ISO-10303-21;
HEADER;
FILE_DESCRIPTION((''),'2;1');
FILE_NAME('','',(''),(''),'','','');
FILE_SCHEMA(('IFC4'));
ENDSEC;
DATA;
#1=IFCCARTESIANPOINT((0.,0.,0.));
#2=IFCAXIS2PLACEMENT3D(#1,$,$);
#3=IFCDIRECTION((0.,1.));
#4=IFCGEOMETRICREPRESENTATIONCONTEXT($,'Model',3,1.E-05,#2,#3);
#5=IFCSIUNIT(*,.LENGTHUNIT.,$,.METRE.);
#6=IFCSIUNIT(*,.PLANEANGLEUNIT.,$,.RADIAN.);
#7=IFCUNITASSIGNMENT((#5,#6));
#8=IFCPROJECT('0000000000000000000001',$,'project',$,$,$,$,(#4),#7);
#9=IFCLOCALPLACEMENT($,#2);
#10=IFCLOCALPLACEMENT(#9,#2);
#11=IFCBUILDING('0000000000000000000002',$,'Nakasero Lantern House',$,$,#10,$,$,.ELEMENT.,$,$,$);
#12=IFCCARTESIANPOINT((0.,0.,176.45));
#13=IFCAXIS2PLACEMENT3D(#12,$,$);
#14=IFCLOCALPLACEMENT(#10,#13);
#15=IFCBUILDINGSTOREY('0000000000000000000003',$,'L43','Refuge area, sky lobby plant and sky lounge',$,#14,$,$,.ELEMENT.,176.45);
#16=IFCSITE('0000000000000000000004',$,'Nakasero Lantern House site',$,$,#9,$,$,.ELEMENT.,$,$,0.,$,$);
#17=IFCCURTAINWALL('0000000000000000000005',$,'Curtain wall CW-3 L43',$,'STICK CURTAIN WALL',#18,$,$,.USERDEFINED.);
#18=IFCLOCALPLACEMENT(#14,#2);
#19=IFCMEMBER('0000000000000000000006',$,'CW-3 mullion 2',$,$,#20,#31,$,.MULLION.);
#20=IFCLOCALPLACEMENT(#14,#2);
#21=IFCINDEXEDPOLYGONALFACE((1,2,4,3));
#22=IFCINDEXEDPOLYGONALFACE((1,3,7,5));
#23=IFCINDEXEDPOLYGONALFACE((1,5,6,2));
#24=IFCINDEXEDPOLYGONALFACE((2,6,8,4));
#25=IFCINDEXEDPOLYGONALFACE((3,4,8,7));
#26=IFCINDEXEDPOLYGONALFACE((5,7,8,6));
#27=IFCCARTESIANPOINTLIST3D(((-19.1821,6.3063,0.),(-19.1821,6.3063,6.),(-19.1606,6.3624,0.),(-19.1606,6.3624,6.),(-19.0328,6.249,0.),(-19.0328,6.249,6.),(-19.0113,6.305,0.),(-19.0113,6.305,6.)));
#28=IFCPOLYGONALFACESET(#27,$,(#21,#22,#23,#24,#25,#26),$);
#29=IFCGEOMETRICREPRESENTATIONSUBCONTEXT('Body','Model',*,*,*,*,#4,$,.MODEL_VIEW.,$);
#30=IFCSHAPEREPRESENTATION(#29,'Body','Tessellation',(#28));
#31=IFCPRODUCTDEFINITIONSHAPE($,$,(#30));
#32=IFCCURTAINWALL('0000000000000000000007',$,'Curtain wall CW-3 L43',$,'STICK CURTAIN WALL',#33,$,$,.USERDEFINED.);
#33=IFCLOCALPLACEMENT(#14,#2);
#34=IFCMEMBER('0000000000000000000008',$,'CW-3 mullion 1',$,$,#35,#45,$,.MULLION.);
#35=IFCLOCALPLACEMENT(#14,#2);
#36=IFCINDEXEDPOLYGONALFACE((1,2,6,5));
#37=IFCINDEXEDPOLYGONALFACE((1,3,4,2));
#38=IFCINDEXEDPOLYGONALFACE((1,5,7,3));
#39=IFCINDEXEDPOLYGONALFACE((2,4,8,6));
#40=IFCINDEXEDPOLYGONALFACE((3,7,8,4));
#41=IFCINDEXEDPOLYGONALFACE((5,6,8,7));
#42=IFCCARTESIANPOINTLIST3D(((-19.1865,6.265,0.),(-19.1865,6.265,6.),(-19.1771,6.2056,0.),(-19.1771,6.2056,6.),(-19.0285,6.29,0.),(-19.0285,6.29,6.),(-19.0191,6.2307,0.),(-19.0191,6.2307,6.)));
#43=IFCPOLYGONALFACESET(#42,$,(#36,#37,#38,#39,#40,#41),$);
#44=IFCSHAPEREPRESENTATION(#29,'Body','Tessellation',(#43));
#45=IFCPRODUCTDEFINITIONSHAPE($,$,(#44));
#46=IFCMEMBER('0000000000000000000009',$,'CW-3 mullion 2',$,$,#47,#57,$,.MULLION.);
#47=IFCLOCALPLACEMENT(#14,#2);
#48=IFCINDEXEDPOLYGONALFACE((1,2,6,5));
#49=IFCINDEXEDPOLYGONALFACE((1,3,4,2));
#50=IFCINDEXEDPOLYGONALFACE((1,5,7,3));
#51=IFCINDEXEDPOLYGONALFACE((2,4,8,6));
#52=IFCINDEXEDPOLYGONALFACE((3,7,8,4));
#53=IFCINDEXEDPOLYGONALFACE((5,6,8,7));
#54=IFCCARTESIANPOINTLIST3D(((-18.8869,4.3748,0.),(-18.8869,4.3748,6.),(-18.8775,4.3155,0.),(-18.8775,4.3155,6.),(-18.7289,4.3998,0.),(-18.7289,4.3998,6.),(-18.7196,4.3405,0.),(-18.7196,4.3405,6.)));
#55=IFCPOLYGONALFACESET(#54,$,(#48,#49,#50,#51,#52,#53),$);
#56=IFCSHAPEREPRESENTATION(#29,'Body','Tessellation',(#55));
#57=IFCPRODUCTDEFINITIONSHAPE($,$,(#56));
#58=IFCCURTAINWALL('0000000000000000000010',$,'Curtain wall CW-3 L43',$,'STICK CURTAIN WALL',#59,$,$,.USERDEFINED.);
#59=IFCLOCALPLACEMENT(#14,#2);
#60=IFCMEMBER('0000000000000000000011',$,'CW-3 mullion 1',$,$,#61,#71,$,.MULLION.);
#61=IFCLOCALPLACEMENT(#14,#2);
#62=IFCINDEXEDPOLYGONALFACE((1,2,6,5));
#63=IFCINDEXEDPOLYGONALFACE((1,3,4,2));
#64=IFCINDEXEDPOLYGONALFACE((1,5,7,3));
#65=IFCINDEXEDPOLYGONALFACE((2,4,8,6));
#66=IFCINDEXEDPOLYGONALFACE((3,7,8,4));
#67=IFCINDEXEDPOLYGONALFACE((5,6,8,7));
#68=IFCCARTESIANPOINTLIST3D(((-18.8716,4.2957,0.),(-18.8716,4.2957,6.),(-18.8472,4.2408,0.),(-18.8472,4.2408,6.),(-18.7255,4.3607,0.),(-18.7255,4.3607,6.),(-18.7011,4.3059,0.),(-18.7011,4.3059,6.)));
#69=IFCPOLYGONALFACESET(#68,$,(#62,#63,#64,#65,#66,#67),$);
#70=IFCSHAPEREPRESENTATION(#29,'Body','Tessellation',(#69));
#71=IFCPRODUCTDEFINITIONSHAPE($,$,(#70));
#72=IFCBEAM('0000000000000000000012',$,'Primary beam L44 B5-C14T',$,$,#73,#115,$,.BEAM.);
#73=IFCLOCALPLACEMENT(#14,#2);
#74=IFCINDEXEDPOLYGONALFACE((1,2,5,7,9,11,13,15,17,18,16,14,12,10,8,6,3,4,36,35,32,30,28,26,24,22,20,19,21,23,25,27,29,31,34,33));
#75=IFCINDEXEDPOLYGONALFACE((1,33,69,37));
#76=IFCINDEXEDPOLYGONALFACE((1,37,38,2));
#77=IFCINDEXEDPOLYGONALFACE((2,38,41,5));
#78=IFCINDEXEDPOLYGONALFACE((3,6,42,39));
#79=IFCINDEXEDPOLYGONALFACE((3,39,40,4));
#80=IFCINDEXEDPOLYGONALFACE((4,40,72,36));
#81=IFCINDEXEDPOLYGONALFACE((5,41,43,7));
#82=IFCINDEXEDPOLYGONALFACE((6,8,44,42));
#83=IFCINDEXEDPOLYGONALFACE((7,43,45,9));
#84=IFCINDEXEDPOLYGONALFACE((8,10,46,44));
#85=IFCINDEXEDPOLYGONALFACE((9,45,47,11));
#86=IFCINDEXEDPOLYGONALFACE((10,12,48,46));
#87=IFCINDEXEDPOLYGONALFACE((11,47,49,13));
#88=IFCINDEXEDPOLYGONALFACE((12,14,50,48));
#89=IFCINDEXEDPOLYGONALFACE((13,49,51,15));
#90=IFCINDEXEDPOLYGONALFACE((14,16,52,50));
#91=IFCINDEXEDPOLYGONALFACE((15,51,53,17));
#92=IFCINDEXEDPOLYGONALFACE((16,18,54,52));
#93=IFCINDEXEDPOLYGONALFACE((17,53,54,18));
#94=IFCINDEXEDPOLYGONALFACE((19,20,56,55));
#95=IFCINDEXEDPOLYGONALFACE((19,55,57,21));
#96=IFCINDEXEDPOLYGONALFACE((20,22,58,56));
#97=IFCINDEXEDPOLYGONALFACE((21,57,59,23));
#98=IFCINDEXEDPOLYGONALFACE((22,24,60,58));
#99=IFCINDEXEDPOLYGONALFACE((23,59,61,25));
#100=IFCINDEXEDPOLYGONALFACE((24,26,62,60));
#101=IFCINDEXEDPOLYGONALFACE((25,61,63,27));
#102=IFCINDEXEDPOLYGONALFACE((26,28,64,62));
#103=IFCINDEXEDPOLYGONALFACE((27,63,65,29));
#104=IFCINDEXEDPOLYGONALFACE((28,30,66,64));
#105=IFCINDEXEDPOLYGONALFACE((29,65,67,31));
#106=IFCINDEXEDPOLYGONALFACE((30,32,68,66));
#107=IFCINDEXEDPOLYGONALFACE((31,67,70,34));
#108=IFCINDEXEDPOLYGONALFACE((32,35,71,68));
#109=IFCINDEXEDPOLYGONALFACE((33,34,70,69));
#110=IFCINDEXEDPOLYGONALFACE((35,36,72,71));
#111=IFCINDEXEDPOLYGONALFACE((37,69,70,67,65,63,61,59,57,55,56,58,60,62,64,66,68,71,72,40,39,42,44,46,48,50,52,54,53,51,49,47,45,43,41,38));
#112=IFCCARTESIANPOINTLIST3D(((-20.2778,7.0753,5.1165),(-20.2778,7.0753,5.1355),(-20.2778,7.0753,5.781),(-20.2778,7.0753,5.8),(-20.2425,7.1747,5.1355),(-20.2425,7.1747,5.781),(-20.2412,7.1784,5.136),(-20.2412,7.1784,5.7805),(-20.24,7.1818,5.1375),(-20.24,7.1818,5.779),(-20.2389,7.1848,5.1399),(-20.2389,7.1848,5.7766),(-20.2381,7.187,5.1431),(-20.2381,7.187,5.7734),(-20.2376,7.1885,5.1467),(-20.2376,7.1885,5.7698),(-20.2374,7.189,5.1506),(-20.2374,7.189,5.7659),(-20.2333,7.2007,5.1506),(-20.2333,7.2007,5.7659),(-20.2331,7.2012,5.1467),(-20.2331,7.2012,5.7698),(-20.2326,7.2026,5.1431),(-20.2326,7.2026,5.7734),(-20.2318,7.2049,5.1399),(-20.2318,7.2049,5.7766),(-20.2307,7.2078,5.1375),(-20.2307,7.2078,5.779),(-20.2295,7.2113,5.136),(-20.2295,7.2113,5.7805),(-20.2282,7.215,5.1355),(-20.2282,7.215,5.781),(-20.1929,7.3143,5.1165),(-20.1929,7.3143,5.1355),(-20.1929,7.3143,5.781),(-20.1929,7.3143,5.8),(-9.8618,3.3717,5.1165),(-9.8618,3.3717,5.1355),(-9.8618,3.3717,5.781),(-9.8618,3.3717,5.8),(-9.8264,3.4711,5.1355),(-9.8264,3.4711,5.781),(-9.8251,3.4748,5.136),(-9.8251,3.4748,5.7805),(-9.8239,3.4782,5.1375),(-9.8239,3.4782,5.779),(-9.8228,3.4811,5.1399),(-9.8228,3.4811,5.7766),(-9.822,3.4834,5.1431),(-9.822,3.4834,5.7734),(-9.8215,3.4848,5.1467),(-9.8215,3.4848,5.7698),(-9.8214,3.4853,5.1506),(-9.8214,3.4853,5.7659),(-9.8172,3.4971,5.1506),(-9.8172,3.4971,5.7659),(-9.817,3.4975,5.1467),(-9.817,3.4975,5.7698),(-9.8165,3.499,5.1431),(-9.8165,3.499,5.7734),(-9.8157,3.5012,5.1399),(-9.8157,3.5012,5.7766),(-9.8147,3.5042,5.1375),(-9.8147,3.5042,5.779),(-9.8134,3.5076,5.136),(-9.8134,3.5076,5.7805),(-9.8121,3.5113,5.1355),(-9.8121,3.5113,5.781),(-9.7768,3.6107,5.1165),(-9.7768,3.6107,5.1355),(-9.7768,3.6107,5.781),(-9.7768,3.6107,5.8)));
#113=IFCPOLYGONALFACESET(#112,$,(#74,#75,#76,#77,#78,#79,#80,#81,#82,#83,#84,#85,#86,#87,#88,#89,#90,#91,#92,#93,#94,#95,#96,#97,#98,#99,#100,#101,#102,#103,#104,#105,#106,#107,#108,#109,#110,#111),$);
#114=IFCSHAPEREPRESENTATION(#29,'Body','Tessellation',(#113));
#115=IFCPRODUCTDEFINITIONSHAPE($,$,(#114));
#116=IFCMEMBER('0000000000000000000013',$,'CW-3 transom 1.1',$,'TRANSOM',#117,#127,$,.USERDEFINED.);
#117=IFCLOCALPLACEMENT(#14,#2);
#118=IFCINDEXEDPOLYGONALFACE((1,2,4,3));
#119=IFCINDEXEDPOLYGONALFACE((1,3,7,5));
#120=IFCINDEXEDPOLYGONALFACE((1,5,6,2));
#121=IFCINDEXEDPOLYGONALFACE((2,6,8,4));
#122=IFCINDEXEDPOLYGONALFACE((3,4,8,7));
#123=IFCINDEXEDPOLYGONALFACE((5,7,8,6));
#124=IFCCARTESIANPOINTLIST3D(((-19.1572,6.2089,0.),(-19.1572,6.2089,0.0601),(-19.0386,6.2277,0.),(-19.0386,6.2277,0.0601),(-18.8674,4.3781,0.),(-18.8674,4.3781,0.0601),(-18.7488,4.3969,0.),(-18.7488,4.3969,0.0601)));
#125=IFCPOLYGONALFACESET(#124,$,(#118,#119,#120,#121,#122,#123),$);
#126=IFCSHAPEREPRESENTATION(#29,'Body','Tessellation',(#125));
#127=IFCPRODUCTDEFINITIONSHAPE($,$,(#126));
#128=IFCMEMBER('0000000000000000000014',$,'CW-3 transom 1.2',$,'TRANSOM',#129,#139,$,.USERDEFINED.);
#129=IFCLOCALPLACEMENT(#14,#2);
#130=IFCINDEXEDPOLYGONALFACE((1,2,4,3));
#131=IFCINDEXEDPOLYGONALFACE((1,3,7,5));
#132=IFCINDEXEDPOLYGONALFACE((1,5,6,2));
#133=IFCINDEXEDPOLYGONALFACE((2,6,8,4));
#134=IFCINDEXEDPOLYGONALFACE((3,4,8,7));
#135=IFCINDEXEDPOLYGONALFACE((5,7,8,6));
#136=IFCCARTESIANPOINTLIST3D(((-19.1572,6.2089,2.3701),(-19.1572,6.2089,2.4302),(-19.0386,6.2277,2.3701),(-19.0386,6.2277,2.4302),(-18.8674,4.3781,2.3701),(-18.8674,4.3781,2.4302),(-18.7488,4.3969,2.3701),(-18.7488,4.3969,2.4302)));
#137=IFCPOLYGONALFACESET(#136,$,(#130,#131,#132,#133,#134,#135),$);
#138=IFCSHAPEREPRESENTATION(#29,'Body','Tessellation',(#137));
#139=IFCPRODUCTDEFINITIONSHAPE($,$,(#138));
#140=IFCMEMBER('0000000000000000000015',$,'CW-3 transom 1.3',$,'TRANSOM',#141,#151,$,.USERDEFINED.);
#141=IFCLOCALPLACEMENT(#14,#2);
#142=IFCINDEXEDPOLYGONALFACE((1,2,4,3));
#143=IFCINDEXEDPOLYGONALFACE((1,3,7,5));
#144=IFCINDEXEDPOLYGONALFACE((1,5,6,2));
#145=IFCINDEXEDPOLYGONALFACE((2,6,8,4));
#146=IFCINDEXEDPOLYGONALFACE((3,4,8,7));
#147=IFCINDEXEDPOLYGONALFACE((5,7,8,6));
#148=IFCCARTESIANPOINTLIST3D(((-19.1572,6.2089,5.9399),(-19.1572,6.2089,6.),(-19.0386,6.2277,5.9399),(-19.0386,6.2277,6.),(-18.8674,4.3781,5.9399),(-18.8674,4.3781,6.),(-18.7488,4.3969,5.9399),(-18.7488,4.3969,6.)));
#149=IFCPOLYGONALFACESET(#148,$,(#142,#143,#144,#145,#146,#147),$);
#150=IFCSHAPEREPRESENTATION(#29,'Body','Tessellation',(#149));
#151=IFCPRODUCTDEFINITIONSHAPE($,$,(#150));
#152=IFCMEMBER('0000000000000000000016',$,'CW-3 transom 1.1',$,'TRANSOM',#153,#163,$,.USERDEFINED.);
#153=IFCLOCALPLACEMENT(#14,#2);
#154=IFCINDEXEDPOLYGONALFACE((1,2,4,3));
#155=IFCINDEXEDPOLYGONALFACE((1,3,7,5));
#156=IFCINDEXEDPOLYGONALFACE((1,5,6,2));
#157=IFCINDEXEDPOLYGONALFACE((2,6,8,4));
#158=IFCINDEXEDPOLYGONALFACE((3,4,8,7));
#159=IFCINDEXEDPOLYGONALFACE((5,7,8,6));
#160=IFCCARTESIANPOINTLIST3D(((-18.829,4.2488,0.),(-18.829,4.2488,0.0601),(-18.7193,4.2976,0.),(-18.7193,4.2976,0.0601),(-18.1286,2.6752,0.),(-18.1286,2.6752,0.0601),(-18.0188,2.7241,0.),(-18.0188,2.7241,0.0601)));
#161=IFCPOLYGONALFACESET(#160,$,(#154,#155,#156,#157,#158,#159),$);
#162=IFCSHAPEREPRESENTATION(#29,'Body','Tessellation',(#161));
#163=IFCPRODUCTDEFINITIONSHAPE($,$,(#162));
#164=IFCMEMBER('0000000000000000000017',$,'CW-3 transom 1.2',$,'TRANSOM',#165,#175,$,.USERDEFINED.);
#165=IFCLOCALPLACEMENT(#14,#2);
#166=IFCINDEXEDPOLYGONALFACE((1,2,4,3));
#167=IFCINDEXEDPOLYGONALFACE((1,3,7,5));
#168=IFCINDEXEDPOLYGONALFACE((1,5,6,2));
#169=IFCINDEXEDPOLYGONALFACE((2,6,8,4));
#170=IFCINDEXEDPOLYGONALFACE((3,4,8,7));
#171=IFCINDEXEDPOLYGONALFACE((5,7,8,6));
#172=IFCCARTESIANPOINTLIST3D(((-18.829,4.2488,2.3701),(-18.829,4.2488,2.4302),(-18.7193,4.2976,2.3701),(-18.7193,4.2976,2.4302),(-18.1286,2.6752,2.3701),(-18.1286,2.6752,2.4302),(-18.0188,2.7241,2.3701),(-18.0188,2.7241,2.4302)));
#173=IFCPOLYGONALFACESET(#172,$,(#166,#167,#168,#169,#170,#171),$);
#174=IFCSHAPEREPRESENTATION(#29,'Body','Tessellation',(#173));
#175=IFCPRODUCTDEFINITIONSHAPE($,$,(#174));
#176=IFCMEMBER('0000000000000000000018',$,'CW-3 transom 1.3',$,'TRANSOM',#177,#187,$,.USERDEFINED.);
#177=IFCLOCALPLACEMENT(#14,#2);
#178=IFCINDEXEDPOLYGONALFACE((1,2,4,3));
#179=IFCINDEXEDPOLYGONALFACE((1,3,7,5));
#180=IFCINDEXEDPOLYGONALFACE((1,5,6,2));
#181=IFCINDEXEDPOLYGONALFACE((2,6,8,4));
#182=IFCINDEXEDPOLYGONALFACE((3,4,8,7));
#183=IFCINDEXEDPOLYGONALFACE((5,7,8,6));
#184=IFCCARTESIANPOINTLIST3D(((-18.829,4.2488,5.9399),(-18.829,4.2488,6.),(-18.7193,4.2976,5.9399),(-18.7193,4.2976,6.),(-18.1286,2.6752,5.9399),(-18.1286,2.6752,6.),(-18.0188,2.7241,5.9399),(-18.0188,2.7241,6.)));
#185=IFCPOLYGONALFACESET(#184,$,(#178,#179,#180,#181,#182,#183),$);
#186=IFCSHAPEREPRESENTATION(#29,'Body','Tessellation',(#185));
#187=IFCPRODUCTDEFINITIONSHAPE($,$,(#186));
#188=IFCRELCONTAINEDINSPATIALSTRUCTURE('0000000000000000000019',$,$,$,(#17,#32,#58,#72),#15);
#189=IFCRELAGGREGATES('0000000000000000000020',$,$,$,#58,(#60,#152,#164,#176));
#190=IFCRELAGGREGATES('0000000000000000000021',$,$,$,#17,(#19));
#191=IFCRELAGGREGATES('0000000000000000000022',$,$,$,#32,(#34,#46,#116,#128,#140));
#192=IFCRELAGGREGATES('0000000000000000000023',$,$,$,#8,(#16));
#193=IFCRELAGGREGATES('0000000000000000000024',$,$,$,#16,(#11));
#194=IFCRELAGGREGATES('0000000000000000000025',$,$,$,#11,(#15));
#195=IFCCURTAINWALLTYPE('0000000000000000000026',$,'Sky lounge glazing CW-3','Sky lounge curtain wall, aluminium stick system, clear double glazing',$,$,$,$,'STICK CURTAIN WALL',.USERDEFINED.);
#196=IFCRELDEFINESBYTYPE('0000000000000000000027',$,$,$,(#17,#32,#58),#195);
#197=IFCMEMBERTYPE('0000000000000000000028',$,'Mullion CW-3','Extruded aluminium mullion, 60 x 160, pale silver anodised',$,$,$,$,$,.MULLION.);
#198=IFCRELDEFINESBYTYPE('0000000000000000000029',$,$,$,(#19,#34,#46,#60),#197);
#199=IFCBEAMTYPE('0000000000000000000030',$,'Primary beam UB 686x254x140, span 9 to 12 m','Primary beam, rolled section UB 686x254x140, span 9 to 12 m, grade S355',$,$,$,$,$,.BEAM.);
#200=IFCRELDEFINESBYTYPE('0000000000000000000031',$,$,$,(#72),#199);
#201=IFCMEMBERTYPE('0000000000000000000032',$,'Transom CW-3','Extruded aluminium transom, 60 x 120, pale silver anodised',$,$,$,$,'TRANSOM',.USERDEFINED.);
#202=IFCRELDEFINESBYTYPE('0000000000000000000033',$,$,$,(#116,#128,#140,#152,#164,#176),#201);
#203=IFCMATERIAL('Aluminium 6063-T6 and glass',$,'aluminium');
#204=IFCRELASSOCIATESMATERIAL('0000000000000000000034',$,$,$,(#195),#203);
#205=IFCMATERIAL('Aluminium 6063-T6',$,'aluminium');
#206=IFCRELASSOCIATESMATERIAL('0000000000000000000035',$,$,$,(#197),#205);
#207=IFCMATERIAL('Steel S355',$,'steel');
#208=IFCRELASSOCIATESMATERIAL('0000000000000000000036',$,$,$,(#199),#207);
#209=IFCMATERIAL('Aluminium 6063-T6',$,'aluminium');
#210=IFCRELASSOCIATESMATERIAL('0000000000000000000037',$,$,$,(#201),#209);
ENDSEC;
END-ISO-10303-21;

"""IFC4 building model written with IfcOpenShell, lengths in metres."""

from ifc_helpers import new_model, si_unit, direction, frame, origin, origin_2d, place, context, subcontext, project, spatial, rectangle, i_section, extrude, material, material_profile, profile_set, type_object, element, aggregate, save


model = new_model("IFC4")

# Units and contexts
model_context = context("Model", 3, precision=1e-05, world=origin(), true_north=direction((0.0, 1.0)))
body_context = subcontext(model_context, "Body", "Model", "MODEL_VIEW")
ifc_project = project(units=[si_unit("LENGTHUNIT", "METRE"), si_unit("PLANEANGLEUNIT", "RADIAN")], contexts=[model_context])

# Site, building, storey
site_placement = place(None, origin())
site = spatial("IfcSite", under=ifc_project, at=site_placement, Name="Nakasero Lantern House site", CompositionType="ELEMENT", RefElevation=0.0)
building_placement = place(site_placement, origin())
building = spatial("IfcBuilding", under=site, at=building_placement, Name="Nakasero Lantern House", CompositionType="ELEMENT")
storey_placement = place(building_placement, frame((0.0, 0.0, 176.45)))
storey = spatial("IfcBuildingStorey", under=building, at=storey_placement, Name="L43", Description="Refuge area, sky lobby plant and sky lounge", CompositionType="ELEMENT", Elevation=176.45)

# Curtain wall, member
ifc_material_1 = material(Name="Aluminium 6063-T6 and glass", Category="aluminium")
curtain_wall_type = type_object("IfcCurtainWallType", Name="Sky lounge glazing CW-3", Description="Sky lounge curtain wall, aluminium stick system, clear double glazing", ElementType="STICK CURTAIN WALL", PredefinedType="USERDEFINED", material=ifc_material_1)
curtain_wall_1_placement = place(storey_placement, origin())
curtain_wall_1 = element("IfcCurtainWall", 1, at=curtain_wall_1_placement, inside=storey, type_object=curtain_wall_type, Name="Curtain wall CW-3 L43", ObjectType="STICK CURTAIN WALL", PredefinedType="USERDEFINED")
ifc_material_2 = material(Name="Aluminium 6063-T6", Category="aluminium")
ifc_material_profile_1 = material_profile(ifc_material_2, rectangle(XDim=0.0601, YDim=0.1599, at=origin_2d()), Name="CW-3 mullion 60x160")
ifc_profile_set_1 = profile_set([ifc_material_profile_1], Name="Aluminium 6063-T6")
member_type_1 = type_object("IfcMemberType", Name="Mullion CW-3", Description="Extruded aluminium mullion, 60 x 160, pale silver anodised", PredefinedType="MULLION", material=ifc_profile_set_1)
member_1_placement = place(storey_placement, frame((-19.0967, 6.3057, 0.0), z_axis=(0.0, 0.0, 1.0), x_axis=(-0.358368, -0.93358, 0.0)))
member_1 = element("IfcMember", 2, at=member_1_placement, type_object=member_type_1, Name="CW-3 mullion 2", PredefinedType="MULLION", context=body_context, shape_type="SweptSolid", body=[
    extrude(rectangle(XDim=0.0601, YDim=0.1599, at=origin_2d()), origin(), (0.0, 0.0, 1.0), 6.0),
])

# Curtain wall, members
curtain_wall_2_placement = place(storey_placement, origin())
curtain_wall_2 = element("IfcCurtainWall", 3, at=curtain_wall_2_placement, inside=storey, type_object=curtain_wall_type, Name="Curtain wall CW-3 L43", ObjectType="STICK CURTAIN WALL", PredefinedType="USERDEFINED")
member_2_placement = place(storey_placement, frame((-19.1028, 6.2478, 0.0), z_axis=(0.0, 0.0, 1.0), x_axis=(0.156434, -0.987688, 0.0)))
member_2 = element("IfcMember", 4, at=member_2_placement, type_object=member_type_1, Name="CW-3 mullion 1", PredefinedType="MULLION", context=body_context, shape_type="SweptSolid", body=[
    extrude(rectangle(XDim=0.0601, YDim=0.1599, at=origin_2d()), origin(), (0.0, 0.0, 1.0), 6.0),
])
member_3_placement = place(storey_placement, frame((-18.8032, 4.3577, 0.0), z_axis=(0.0, 0.0, 1.0), x_axis=(0.156434, -0.987688, 0.0)))
member_3 = element("IfcMember", 5, at=member_3_placement, type_object=member_type_1, Name="CW-3 mullion 2", PredefinedType="MULLION", context=body_context, shape_type="SweptSolid", body=[
    extrude(rectangle(XDim=0.0601, YDim=0.1599, at=origin_2d()), origin(), (0.0, 0.0, 1.0), 6.0),
])

# Curtain wall, member
curtain_wall_3_placement = place(storey_placement, origin())
curtain_wall_3 = element("IfcCurtainWall", 6, at=curtain_wall_3_placement, inside=storey, type_object=curtain_wall_type, Name="Curtain wall CW-3 L43", ObjectType="STICK CURTAIN WALL", PredefinedType="USERDEFINED")
member_4_placement = place(storey_placement, frame((-18.7864, 4.3008, 0.0), z_axis=(0.0, 0.0, 1.0), x_axis=(0.406737, -0.913545, 0.0)))
member_4 = element("IfcMember", 7, at=member_4_placement, type_object=member_type_1, Name="CW-3 mullion 1", PredefinedType="MULLION", context=body_context, shape_type="SweptSolid", body=[
    extrude(rectangle(XDim=0.0601, YDim=0.1599, at=origin_2d()), origin(), (0.0, 0.0, 1.0), 6.0),
])

# Beam
ifc_material_3 = material(Name="Steel S355", Category="steel")
ifc_material_profile_2 = material_profile(ifc_material_3, i_section(OverallWidth=0.2537, OverallDepth=0.6836, WebThickness=0.0125, FlangeThickness=0.019, FilletRadius=0.0151, at=origin_2d()), Name="UB 686x254x140")
ifc_profile_set_2 = profile_set([ifc_material_profile_2], Name="Steel S355")
beam_type_1 = type_object("IfcBeamType", Name="Primary beam UB 686x254x140, span 9 to 12 m", Description="Primary beam, rolled section UB 686x254x140, span 9 to 12 m, grade S355", PredefinedType="BEAM", material=ifc_profile_set_2)
beam_1_placement = place(storey_placement, frame((-20.2354, 7.1948, 5.4583), z_axis=(0.942211, -0.335021, 0.0), x_axis=(0.335021, 0.942211, 0.0)))
element("IfcBeam", 8, at=beam_1_placement, inside=storey, type_object=beam_type_1, Name="Primary beam L44 B5-C14T", PredefinedType="BEAM", context=body_context, shape_type="SweptSolid", body=[
    extrude(i_section(OverallWidth=0.2537, OverallDepth=0.6836, WebThickness=0.0125, FlangeThickness=0.019, FilletRadius=0.0151, at=origin_2d()), origin(), (0.0, 0.0, 1.0), 11.0549),
])

# Members
ifc_material_4 = material(Name="Aluminium 6063-T6", Category="aluminium")
ifc_material_profile_3 = material_profile(ifc_material_4, rectangle(XDim=0.0601, YDim=0.1201, at=origin_2d()), Name="CW-3 transom 60x120")
ifc_profile_set_3 = profile_set([ifc_material_profile_3], Name="Aluminium 6063-T6")
member_type_2 = type_object("IfcMemberType", Name="Transom CW-3", Description="Extruded aluminium transom, 60 x 120, pale silver anodised", ElementType="TRANSOM", PredefinedType="USERDEFINED", material=ifc_profile_set_3)
member_5_placement = place(storey_placement, frame((-19.0979, 6.2183, 0.03), z_axis=(0.156341, -0.987703, 0.0), x_axis=(0.0, 0.0, 1.0)))
member_5 = element("IfcMember", 9, at=member_5_placement, type_object=member_type_2, Name="CW-3 transom 1.1", ObjectType="TRANSOM", PredefinedType="USERDEFINED", context=body_context, shape_type="SweptSolid", body=[
    extrude(rectangle(XDim=0.0601, YDim=0.1201, at=origin_2d()), origin(), (0.0, 0.0, 1.0), 1.8535),
])
member_6_placement = place(storey_placement, frame((-19.0979, 6.2183, 2.4001), z_axis=(0.156341, -0.987703, 0.0), x_axis=(0.0, 0.0, 1.0)))
member_6 = element("IfcMember", 10, at=member_6_placement, type_object=member_type_2, Name="CW-3 transom 1.2", ObjectType="TRANSOM", PredefinedType="USERDEFINED", context=body_context, shape_type="SweptSolid", body=[
    extrude(rectangle(XDim=0.0601, YDim=0.1201, at=origin_2d()), origin(), (0.0, 0.0, 1.0), 1.8535),
])
member_7_placement = place(storey_placement, frame((-19.0979, 6.2183, 5.97), z_axis=(0.156341, -0.987703, 0.0), x_axis=(0.0, 0.0, 1.0)))
member_7 = element("IfcMember", 11, at=member_7_placement, type_object=member_type_2, Name="CW-3 transom 1.3", ObjectType="TRANSOM", PredefinedType="USERDEFINED", context=body_context, shape_type="SweptSolid", body=[
    extrude(rectangle(XDim=0.0601, YDim=0.1201, at=origin_2d()), origin(), (0.0, 0.0, 1.0), 1.8535),
])
member_8_placement = place(storey_placement, frame((-18.7742, 4.2732, 0.03), z_axis=(0.406678, -0.913572, 0.0), x_axis=(0.0, 0.0, 1.0)))
member_8 = element("IfcMember", 12, at=member_8_placement, type_object=member_type_2, Name="CW-3 transom 1.1", ObjectType="TRANSOM", PredefinedType="USERDEFINED", context=body_context, shape_type="SweptSolid", body=[
    extrude(rectangle(XDim=0.0601, YDim=0.1201, at=origin_2d()), origin(), (0.0, 0.0, 1.0), 1.7224),
])
member_9_placement = place(storey_placement, frame((-18.7742, 4.2732, 2.4001), z_axis=(0.406678, -0.913572, 0.0), x_axis=(0.0, 0.0, 1.0)))
member_9 = element("IfcMember", 13, at=member_9_placement, type_object=member_type_2, Name="CW-3 transom 1.2", ObjectType="TRANSOM", PredefinedType="USERDEFINED", context=body_context, shape_type="SweptSolid", body=[
    extrude(rectangle(XDim=0.0601, YDim=0.1201, at=origin_2d()), origin(), (0.0, 0.0, 1.0), 1.7224),
])
member_10_placement = place(storey_placement, frame((-18.7742, 4.2732, 5.97), z_axis=(0.406678, -0.913572, 0.0), x_axis=(0.0, 0.0, 1.0)))
member_10 = element("IfcMember", 14, at=member_10_placement, type_object=member_type_2, Name="CW-3 transom 1.3", ObjectType="TRANSOM", PredefinedType="USERDEFINED", context=body_context, shape_type="SweptSolid", body=[
    extrude(rectangle(XDim=0.0601, YDim=0.1201, at=origin_2d()), origin(), (0.0, 0.0, 1.0), 1.7224),
])
aggregate(curtain_wall_3, [member_4, member_8, member_9, member_10])

aggregate(curtain_wall_1, [member_1])
aggregate(curtain_wall_2, [member_2, member_3, member_5, member_6, member_7])

save(model, "model.ifc")
